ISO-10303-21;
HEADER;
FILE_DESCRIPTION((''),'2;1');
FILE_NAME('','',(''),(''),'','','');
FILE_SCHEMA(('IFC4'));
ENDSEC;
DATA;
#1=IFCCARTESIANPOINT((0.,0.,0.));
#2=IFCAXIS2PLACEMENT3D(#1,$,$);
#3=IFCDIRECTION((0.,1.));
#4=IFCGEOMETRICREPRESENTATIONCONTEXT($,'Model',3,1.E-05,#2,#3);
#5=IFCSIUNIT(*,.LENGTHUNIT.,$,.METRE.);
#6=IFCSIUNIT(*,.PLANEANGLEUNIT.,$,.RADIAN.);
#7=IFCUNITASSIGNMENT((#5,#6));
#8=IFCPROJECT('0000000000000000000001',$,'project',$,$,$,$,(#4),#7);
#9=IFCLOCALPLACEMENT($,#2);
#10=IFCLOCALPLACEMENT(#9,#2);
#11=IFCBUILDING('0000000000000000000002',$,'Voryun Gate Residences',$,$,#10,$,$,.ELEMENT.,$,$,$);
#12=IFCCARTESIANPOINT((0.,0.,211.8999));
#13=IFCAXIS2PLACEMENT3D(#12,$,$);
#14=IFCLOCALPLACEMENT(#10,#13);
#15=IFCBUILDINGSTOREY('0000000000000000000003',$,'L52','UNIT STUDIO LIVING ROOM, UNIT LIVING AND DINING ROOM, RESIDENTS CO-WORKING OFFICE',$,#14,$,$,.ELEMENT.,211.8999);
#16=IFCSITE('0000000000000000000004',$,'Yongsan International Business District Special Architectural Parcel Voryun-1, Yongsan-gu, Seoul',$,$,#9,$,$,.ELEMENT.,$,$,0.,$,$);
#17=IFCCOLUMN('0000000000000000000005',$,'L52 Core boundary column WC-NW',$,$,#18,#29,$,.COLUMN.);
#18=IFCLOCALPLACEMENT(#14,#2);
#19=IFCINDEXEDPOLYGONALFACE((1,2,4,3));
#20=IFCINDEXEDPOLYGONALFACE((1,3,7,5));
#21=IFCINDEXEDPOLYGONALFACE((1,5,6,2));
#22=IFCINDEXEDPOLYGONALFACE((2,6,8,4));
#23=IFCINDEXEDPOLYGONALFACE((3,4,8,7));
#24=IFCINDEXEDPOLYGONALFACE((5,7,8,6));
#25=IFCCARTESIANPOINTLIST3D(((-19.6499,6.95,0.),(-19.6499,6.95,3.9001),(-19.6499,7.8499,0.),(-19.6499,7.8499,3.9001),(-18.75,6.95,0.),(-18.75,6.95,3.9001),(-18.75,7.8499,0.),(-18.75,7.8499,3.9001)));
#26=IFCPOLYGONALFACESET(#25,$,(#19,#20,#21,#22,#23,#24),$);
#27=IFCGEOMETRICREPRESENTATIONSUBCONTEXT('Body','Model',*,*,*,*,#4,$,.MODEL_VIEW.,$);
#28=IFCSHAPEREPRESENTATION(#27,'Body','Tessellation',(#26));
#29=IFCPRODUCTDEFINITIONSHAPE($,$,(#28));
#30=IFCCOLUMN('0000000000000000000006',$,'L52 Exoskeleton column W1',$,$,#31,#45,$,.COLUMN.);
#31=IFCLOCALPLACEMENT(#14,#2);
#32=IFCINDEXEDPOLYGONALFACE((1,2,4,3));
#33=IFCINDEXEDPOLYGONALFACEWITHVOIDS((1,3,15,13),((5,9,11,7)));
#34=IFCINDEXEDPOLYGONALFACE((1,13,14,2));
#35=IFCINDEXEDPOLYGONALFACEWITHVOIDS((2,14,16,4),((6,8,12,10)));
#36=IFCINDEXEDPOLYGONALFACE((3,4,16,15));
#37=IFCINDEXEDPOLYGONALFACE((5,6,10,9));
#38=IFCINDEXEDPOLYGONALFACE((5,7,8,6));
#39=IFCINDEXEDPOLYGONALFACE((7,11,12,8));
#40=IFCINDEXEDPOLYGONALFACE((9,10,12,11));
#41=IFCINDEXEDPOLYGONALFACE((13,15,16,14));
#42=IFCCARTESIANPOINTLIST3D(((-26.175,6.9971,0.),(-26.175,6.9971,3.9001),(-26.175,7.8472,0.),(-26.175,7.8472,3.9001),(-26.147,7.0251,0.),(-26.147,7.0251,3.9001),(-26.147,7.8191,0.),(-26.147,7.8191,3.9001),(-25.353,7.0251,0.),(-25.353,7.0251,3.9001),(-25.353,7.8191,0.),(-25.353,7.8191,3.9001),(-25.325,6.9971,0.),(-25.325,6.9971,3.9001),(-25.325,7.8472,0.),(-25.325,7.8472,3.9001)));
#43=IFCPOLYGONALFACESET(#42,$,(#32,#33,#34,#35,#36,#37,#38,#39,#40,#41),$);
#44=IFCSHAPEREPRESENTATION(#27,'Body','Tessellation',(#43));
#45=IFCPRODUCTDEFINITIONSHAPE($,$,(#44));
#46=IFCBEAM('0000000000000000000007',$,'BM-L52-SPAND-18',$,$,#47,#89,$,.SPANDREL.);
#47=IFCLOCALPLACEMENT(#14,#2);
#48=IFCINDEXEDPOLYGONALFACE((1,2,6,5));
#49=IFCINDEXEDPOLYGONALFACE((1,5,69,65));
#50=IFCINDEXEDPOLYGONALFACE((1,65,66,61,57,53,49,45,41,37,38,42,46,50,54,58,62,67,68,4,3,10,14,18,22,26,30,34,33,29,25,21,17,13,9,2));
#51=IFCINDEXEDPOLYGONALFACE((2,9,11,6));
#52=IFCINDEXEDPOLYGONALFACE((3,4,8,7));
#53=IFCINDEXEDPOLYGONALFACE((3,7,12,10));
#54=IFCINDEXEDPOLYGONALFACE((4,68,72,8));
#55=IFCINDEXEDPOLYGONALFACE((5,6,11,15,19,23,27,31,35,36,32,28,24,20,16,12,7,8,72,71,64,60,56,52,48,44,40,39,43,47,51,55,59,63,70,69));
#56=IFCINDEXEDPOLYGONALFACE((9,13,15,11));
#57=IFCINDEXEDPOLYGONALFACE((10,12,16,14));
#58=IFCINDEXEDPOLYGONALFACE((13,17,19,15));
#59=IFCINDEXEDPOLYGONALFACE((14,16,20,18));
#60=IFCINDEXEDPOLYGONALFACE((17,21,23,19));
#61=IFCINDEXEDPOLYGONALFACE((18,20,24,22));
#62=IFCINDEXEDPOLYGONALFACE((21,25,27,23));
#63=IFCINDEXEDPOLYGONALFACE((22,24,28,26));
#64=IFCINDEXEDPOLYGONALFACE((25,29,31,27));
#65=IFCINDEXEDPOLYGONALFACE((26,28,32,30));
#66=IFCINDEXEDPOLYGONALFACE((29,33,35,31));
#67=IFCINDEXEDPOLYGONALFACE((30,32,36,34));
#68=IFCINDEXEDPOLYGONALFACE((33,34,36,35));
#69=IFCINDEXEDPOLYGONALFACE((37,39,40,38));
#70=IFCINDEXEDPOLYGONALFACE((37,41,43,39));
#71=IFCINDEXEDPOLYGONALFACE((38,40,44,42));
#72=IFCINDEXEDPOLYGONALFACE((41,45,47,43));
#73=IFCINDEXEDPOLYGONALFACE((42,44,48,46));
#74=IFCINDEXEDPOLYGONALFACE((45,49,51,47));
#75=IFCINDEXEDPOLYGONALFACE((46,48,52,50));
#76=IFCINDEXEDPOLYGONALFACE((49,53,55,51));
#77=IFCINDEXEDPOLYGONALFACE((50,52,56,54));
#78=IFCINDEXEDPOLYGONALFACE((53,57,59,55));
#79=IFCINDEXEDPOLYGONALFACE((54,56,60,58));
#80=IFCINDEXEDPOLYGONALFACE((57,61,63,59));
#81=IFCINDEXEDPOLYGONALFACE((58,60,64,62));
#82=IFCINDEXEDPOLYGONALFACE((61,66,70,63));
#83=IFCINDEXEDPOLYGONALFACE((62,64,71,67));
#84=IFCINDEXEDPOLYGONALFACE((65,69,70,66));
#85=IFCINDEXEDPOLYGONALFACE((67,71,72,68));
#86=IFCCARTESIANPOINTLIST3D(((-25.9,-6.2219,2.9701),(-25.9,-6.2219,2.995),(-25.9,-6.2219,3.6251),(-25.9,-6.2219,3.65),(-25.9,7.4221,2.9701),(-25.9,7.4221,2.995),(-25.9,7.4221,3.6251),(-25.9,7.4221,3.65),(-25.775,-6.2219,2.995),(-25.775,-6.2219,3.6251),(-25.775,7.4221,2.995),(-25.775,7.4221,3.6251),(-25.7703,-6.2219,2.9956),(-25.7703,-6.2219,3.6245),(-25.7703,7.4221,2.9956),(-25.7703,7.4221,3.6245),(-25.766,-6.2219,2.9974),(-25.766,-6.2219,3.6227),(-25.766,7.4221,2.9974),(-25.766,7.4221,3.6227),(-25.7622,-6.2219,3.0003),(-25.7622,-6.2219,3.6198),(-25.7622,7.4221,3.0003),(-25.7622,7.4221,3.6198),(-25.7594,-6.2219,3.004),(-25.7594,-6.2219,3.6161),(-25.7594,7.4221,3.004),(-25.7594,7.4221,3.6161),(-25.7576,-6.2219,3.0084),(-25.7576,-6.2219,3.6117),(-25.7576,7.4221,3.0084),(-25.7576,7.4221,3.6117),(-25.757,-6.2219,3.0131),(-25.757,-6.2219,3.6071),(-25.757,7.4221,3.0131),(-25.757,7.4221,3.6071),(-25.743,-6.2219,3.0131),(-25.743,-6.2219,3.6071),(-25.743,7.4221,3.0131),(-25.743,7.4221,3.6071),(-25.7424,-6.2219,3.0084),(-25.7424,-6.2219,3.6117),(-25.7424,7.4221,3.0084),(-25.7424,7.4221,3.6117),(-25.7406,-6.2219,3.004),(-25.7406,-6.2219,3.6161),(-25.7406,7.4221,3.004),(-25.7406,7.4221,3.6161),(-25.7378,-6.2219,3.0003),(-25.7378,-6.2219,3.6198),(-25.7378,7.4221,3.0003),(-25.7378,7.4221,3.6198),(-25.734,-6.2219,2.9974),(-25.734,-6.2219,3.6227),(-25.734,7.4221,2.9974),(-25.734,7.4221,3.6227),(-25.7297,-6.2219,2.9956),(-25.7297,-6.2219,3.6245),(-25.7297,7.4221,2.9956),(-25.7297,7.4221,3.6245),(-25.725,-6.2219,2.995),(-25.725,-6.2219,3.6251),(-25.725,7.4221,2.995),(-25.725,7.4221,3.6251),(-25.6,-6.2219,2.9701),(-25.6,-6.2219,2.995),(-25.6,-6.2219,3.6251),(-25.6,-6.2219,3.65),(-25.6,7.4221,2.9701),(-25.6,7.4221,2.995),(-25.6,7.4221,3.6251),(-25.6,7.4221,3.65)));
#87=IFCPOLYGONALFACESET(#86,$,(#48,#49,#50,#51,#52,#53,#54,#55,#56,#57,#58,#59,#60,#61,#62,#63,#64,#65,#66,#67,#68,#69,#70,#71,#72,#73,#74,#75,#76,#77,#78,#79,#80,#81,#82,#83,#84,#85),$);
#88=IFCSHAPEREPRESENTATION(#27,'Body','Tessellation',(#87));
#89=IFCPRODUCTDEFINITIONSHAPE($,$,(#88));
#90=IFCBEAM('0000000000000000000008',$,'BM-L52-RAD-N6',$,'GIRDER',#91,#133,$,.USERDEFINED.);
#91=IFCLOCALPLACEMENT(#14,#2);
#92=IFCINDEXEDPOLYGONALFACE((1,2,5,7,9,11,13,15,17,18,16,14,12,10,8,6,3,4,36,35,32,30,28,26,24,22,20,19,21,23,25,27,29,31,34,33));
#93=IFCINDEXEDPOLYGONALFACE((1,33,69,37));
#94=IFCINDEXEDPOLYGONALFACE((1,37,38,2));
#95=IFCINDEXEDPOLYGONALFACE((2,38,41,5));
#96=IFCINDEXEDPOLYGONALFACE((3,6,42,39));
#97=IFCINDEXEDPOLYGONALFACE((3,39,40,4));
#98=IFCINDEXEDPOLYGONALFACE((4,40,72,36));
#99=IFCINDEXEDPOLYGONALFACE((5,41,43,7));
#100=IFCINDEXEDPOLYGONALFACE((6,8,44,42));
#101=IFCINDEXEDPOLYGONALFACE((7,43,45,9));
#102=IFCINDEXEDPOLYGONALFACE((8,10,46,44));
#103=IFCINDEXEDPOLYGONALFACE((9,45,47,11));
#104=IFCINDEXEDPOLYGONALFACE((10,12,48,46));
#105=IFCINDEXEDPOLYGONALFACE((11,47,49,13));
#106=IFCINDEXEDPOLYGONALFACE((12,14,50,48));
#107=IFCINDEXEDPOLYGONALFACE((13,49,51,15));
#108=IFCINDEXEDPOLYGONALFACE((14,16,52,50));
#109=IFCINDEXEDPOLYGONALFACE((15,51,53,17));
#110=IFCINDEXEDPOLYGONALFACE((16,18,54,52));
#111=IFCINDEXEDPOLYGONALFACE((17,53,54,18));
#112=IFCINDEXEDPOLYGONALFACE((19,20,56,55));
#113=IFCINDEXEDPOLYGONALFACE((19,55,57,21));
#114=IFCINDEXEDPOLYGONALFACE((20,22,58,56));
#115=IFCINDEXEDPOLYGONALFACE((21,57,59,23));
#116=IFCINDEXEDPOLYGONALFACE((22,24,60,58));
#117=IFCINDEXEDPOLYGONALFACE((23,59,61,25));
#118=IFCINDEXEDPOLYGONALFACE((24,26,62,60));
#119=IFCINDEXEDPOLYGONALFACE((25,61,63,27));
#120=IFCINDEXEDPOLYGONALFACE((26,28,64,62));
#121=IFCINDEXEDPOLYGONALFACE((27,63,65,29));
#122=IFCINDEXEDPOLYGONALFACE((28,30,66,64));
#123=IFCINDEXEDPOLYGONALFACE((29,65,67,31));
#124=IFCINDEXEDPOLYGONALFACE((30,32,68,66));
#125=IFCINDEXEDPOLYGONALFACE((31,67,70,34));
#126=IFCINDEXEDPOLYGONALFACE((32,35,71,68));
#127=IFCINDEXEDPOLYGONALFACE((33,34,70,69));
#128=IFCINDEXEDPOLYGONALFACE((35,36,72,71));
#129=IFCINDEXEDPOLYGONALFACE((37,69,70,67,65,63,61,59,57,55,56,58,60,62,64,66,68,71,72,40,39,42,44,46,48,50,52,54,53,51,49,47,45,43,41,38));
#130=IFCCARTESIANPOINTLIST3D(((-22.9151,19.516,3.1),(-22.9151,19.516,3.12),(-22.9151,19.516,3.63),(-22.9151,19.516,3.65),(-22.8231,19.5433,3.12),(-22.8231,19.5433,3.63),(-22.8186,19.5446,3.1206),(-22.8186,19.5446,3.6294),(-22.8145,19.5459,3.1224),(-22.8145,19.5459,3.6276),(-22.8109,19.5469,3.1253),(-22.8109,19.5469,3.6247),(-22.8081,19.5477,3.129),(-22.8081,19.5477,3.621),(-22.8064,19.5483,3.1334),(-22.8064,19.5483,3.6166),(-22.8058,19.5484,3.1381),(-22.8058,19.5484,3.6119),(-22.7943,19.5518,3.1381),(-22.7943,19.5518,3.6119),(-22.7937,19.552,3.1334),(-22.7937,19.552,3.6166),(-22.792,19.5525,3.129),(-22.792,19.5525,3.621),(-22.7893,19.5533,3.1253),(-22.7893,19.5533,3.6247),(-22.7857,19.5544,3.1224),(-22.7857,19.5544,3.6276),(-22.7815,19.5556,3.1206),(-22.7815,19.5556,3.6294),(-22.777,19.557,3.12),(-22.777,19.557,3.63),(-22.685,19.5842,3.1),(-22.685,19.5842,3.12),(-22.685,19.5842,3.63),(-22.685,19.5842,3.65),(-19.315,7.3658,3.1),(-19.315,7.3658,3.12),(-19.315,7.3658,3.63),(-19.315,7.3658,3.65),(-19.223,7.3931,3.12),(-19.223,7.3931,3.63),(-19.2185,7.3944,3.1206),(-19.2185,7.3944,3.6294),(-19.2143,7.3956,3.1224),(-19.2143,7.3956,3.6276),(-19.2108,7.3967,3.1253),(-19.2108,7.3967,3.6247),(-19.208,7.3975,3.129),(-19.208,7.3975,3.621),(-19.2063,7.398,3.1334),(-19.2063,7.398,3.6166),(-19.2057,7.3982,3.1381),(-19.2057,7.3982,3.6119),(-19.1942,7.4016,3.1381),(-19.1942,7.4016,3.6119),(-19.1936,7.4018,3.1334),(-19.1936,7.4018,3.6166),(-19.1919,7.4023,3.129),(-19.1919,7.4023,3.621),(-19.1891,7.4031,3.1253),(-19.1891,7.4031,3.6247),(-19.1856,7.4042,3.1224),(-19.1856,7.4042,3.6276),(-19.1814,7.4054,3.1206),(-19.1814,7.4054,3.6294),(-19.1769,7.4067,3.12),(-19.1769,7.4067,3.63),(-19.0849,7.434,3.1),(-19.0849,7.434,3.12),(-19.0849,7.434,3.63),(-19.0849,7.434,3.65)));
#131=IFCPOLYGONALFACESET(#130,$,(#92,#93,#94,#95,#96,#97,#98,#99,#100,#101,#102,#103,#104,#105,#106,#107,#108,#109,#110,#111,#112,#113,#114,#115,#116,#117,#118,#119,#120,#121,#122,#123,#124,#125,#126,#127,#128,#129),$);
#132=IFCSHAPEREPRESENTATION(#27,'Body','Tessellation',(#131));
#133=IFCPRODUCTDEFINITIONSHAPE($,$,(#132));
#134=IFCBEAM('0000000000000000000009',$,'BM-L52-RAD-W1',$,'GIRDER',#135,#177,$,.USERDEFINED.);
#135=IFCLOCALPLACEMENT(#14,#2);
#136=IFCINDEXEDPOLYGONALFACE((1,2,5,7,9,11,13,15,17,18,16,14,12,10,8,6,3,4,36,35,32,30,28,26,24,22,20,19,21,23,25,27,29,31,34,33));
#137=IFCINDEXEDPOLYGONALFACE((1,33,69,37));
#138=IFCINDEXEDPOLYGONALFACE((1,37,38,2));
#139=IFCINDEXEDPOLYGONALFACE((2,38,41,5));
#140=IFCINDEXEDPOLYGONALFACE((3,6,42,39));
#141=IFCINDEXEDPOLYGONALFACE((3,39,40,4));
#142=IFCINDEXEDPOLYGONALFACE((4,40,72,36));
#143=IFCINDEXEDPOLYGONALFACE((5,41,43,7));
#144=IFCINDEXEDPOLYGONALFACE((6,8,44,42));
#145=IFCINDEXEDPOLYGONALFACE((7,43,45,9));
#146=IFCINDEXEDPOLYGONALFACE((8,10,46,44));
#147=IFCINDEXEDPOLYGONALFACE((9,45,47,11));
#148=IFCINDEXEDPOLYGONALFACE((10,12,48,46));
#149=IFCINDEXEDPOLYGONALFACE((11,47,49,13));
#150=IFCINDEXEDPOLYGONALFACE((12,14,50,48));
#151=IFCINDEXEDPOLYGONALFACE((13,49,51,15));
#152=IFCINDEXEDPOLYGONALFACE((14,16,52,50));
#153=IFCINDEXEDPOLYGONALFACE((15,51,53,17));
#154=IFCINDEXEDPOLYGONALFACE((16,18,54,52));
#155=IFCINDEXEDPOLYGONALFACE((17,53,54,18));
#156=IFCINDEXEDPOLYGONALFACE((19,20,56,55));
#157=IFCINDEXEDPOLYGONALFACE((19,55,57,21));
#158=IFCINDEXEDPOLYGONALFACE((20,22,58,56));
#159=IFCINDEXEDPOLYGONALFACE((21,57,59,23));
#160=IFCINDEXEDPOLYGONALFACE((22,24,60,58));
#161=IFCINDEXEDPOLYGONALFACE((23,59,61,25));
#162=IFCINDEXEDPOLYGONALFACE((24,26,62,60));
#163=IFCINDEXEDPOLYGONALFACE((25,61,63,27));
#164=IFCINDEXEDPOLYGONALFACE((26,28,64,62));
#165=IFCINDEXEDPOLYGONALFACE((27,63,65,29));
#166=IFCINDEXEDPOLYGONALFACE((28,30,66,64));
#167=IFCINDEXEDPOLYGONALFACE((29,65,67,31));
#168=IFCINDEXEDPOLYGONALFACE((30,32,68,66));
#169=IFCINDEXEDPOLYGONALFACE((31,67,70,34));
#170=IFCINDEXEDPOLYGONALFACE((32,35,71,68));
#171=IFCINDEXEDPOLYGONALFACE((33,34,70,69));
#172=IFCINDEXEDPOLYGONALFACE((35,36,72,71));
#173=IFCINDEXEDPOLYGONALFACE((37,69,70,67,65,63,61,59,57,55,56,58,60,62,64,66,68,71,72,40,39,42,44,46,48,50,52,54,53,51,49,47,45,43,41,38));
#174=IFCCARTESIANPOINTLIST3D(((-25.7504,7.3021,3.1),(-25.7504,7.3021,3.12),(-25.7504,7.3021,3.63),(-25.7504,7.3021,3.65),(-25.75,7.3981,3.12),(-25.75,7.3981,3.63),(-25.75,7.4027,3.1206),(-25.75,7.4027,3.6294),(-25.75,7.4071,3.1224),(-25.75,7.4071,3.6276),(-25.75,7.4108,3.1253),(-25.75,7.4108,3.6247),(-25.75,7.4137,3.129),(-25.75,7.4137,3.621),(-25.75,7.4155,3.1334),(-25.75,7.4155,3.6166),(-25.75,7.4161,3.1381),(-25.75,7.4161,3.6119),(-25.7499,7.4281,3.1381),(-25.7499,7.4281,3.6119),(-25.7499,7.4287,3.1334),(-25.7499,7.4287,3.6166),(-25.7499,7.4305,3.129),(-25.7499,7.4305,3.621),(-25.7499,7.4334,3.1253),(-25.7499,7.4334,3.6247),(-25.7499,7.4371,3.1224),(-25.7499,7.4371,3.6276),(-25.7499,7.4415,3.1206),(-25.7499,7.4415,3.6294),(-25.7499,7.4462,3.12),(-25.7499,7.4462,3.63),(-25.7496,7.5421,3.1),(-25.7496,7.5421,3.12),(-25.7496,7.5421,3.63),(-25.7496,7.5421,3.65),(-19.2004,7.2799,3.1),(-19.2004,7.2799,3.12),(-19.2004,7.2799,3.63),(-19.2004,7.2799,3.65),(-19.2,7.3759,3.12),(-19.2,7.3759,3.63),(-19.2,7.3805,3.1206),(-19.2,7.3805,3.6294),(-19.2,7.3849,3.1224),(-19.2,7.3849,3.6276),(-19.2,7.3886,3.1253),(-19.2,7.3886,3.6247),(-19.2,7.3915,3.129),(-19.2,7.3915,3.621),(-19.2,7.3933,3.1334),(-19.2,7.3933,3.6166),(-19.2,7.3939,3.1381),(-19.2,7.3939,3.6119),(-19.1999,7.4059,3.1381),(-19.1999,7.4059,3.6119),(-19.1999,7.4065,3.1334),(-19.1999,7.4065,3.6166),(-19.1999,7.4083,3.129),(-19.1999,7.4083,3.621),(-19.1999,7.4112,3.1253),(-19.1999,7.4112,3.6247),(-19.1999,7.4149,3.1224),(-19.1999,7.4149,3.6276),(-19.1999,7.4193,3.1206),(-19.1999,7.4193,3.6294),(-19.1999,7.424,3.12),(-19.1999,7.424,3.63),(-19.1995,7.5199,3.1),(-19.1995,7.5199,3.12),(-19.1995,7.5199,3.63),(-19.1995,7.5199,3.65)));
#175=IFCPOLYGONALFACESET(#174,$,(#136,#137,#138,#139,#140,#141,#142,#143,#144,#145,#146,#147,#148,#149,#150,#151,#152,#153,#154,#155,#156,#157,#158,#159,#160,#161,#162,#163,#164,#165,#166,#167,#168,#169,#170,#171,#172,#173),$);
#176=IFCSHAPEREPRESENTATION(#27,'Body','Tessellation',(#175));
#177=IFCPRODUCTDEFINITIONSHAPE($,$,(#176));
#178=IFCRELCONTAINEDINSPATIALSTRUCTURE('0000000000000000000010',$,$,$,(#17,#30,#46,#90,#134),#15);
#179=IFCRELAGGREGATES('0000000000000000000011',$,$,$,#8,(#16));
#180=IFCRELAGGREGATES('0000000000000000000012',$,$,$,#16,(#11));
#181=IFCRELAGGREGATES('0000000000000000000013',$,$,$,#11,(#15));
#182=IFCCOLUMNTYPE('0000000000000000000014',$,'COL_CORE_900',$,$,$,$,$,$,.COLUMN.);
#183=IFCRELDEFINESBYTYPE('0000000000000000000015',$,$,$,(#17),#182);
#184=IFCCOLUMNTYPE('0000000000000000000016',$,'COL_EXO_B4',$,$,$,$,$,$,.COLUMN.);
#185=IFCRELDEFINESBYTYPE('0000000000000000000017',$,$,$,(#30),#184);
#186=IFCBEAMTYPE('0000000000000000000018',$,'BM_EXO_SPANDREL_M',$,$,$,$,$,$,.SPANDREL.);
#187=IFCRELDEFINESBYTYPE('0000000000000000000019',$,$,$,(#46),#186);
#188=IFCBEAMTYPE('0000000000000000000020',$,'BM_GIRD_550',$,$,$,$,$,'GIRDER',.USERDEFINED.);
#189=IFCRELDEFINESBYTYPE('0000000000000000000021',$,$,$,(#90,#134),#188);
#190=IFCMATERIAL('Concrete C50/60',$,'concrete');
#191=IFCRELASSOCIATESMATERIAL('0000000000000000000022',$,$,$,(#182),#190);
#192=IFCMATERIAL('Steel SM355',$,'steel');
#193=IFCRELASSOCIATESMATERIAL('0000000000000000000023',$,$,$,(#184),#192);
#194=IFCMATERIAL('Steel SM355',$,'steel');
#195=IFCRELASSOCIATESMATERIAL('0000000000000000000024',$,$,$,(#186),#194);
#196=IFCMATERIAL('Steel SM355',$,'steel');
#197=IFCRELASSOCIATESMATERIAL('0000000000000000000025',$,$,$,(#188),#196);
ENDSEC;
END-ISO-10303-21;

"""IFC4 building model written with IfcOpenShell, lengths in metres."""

from ifc_helpers import new_model, si_unit, direction, frame, origin, origin_2d, place, context, subcontext, project, spatial, rectangle, hollow_rectangle, i_section, extrude, material, material_profile, profile_set, type_object, element, save


model = new_model("IFC4")

# Units and contexts
model_context = context("Model", 3, precision=1e-05, world=origin(), true_north=direction((0.0, 1.0)))
body_context = subcontext(model_context, "Body", "Model", "MODEL_VIEW")
ifc_project = project(units=[si_unit("LENGTHUNIT", "METRE"), si_unit("PLANEANGLEUNIT", "RADIAN")], contexts=[model_context])

# Site, building, storey
site_placement = place(None, origin())
site = spatial("IfcSite", under=ifc_project, at=site_placement, Name="Yongsan International Business District Special Architectural Parcel Voryun-1, Yongsan-gu, Seoul", CompositionType="ELEMENT", RefElevation=0.0)
building_placement = place(site_placement, origin())
building = spatial("IfcBuilding", under=site, at=building_placement, Name="Voryun Gate Residences", CompositionType="ELEMENT")
storey_placement = place(building_placement, frame((0.0, 0.0, 211.8999)))
storey = spatial("IfcBuildingStorey", under=building, at=storey_placement, Name="L52", Description="UNIT STUDIO LIVING ROOM, UNIT LIVING AND DINING ROOM, RESIDENTS CO-WORKING OFFICE", CompositionType="ELEMENT", Elevation=211.8999)

# Columns
ifc_material_1 = material(Name="Concrete C50/60", Category="concrete")
ifc_material_profile_1 = material_profile(ifc_material_1, rectangle(XDim=0.8999, YDim=0.8999, at=origin_2d()), Name="RC-900x900")
ifc_profile_set_1 = profile_set([ifc_material_profile_1], Name="Concrete C50/60")
column_type_1 = type_object("IfcColumnType", Name="COL_CORE_900", PredefinedType="COLUMN", material=ifc_profile_set_1)
column_1_placement = place(storey_placement, frame((-19.2, 7.3999, 0.0), z_axis=(0.0, 0.0, 1.0), x_axis=(1.0, 0.0, 0.0)))
element("IfcColumn", 1, at=column_1_placement, inside=storey, type_object=column_type_1, Name="L52 Core boundary column WC-NW", PredefinedType="COLUMN", context=body_context, shape_type="SweptSolid", body=[
    extrude(rectangle(XDim=0.8999, YDim=0.8999, at=origin_2d()), origin(), (0.0, 0.0, 1.0), 3.9001),
])
ifc_material_2 = material(Name="Steel SM355", Category="steel")
ifc_material_profile_2 = material_profile(ifc_material_2, hollow_rectangle(XDim=0.8501, YDim=0.8501, WallThickness=0.0281, at=origin_2d()), Name="BOX-850x850x28")
ifc_profile_set_2 = profile_set([ifc_material_profile_2], Name="Steel SM355")
column_type_2 = type_object("IfcColumnType", Name="COL_EXO_B4", PredefinedType="COLUMN", material=ifc_profile_set_2)
column_2_placement = place(storey_placement, frame((-25.75, 7.4221, 0.0), z_axis=(0.0, 0.0, 1.0), x_axis=(1.0, 0.0, 0.0)))
element("IfcColumn", 2, at=column_2_placement, inside=storey, type_object=column_type_2, Name="L52 Exoskeleton column W1", PredefinedType="COLUMN", context=body_context, shape_type="SweptSolid", body=[
    extrude(hollow_rectangle(XDim=0.8501, YDim=0.8501, WallThickness=0.0281, at=origin_2d()), origin(), (0.0, 0.0, 1.0), 3.9001),
])

# Beams
ifc_material_3 = material(Name="Steel SM355", Category="steel")
ifc_material_profile_3 = material_profile(ifc_material_3, i_section(OverallWidth=0.3, OverallDepth=0.6799, WebThickness=0.0139, FlangeThickness=0.0249, FilletRadius=0.0181, at=origin_2d()), Name="H-680x300x14x25")
ifc_profile_set_3 = profile_set([ifc_material_profile_3], Name="Steel SM355")
beam_type_1 = type_object("IfcBeamType", Name="BM_EXO_SPANDREL_M", PredefinedType="SPANDREL", material=ifc_profile_set_3)
beam_1_placement = place(storey_placement, frame((-25.75, 7.4221, 3.3101), z_axis=(0.0, -1.0, 0.0), x_axis=(1.0, 0.0, 0.0)))
element("IfcBeam", 3, at=beam_1_placement, inside=storey, type_object=beam_type_1, Name="BM-L52-SPAND-18", PredefinedType="SPANDREL", context=body_context, shape_type="SweptSolid", body=[
    extrude(i_section(OverallWidth=0.3, OverallDepth=0.6799, WebThickness=0.0139, FlangeThickness=0.0249, FilletRadius=0.0181, at=origin_2d()), origin(), (0.0, 0.0, 1.0), 13.644),
])
ifc_material_4 = material(Name="Steel SM355", Category="steel")
ifc_material_profile_4 = material_profile(ifc_material_4, i_section(OverallWidth=0.24, OverallDepth=0.55, WebThickness=0.012, FlangeThickness=0.02, FilletRadius=0.0181, at=origin_2d()), Name="H-550x240x12x20")
ifc_profile_set_4 = profile_set([ifc_material_profile_4], Name="Steel SM355")
beam_type_2 = type_object("IfcBeamType", Name="BM_GIRD_550", ElementType="GIRDER", PredefinedType="USERDEFINED", material=ifc_profile_set_4)
beam_2_placement = place(storey_placement, frame((-19.2, 7.3999, 3.375), z_axis=(-0.284092, 0.958797, 0.0), x_axis=(-0.958797, -0.284092, 0.0)))
element("IfcBeam", 4, at=beam_2_placement, inside=storey, type_object=beam_type_2, Name="BM-L52-RAD-N6", ObjectType="GIRDER", PredefinedType="USERDEFINED", context=body_context, shape_type="SweptSolid", body=[
    extrude(i_section(OverallWidth=0.24, OverallDepth=0.55, WebThickness=0.012, FlangeThickness=0.02, FilletRadius=0.0181, at=origin_2d()), origin(), (0.0, 0.0, 1.0), 12.6724),
])
beam_3_placement = place(storey_placement, frame((-19.2, 7.3999, 3.375), z_axis=(-0.999994, 0.003392, 0.0), x_axis=(-0.003392, -0.999994, 0.0)))
element("IfcBeam", 5, at=beam_3_placement, inside=storey, type_object=beam_type_2, Name="BM-L52-RAD-W1", ObjectType="GIRDER", PredefinedType="USERDEFINED", context=body_context, shape_type="SweptSolid", body=[
    extrude(i_section(OverallWidth=0.24, OverallDepth=0.55, WebThickness=0.012, FlangeThickness=0.02, FilletRadius=0.0181, at=origin_2d()), origin(), (0.0, 0.0, 1.0), 6.55),
])

save(model, "model.ifc")
